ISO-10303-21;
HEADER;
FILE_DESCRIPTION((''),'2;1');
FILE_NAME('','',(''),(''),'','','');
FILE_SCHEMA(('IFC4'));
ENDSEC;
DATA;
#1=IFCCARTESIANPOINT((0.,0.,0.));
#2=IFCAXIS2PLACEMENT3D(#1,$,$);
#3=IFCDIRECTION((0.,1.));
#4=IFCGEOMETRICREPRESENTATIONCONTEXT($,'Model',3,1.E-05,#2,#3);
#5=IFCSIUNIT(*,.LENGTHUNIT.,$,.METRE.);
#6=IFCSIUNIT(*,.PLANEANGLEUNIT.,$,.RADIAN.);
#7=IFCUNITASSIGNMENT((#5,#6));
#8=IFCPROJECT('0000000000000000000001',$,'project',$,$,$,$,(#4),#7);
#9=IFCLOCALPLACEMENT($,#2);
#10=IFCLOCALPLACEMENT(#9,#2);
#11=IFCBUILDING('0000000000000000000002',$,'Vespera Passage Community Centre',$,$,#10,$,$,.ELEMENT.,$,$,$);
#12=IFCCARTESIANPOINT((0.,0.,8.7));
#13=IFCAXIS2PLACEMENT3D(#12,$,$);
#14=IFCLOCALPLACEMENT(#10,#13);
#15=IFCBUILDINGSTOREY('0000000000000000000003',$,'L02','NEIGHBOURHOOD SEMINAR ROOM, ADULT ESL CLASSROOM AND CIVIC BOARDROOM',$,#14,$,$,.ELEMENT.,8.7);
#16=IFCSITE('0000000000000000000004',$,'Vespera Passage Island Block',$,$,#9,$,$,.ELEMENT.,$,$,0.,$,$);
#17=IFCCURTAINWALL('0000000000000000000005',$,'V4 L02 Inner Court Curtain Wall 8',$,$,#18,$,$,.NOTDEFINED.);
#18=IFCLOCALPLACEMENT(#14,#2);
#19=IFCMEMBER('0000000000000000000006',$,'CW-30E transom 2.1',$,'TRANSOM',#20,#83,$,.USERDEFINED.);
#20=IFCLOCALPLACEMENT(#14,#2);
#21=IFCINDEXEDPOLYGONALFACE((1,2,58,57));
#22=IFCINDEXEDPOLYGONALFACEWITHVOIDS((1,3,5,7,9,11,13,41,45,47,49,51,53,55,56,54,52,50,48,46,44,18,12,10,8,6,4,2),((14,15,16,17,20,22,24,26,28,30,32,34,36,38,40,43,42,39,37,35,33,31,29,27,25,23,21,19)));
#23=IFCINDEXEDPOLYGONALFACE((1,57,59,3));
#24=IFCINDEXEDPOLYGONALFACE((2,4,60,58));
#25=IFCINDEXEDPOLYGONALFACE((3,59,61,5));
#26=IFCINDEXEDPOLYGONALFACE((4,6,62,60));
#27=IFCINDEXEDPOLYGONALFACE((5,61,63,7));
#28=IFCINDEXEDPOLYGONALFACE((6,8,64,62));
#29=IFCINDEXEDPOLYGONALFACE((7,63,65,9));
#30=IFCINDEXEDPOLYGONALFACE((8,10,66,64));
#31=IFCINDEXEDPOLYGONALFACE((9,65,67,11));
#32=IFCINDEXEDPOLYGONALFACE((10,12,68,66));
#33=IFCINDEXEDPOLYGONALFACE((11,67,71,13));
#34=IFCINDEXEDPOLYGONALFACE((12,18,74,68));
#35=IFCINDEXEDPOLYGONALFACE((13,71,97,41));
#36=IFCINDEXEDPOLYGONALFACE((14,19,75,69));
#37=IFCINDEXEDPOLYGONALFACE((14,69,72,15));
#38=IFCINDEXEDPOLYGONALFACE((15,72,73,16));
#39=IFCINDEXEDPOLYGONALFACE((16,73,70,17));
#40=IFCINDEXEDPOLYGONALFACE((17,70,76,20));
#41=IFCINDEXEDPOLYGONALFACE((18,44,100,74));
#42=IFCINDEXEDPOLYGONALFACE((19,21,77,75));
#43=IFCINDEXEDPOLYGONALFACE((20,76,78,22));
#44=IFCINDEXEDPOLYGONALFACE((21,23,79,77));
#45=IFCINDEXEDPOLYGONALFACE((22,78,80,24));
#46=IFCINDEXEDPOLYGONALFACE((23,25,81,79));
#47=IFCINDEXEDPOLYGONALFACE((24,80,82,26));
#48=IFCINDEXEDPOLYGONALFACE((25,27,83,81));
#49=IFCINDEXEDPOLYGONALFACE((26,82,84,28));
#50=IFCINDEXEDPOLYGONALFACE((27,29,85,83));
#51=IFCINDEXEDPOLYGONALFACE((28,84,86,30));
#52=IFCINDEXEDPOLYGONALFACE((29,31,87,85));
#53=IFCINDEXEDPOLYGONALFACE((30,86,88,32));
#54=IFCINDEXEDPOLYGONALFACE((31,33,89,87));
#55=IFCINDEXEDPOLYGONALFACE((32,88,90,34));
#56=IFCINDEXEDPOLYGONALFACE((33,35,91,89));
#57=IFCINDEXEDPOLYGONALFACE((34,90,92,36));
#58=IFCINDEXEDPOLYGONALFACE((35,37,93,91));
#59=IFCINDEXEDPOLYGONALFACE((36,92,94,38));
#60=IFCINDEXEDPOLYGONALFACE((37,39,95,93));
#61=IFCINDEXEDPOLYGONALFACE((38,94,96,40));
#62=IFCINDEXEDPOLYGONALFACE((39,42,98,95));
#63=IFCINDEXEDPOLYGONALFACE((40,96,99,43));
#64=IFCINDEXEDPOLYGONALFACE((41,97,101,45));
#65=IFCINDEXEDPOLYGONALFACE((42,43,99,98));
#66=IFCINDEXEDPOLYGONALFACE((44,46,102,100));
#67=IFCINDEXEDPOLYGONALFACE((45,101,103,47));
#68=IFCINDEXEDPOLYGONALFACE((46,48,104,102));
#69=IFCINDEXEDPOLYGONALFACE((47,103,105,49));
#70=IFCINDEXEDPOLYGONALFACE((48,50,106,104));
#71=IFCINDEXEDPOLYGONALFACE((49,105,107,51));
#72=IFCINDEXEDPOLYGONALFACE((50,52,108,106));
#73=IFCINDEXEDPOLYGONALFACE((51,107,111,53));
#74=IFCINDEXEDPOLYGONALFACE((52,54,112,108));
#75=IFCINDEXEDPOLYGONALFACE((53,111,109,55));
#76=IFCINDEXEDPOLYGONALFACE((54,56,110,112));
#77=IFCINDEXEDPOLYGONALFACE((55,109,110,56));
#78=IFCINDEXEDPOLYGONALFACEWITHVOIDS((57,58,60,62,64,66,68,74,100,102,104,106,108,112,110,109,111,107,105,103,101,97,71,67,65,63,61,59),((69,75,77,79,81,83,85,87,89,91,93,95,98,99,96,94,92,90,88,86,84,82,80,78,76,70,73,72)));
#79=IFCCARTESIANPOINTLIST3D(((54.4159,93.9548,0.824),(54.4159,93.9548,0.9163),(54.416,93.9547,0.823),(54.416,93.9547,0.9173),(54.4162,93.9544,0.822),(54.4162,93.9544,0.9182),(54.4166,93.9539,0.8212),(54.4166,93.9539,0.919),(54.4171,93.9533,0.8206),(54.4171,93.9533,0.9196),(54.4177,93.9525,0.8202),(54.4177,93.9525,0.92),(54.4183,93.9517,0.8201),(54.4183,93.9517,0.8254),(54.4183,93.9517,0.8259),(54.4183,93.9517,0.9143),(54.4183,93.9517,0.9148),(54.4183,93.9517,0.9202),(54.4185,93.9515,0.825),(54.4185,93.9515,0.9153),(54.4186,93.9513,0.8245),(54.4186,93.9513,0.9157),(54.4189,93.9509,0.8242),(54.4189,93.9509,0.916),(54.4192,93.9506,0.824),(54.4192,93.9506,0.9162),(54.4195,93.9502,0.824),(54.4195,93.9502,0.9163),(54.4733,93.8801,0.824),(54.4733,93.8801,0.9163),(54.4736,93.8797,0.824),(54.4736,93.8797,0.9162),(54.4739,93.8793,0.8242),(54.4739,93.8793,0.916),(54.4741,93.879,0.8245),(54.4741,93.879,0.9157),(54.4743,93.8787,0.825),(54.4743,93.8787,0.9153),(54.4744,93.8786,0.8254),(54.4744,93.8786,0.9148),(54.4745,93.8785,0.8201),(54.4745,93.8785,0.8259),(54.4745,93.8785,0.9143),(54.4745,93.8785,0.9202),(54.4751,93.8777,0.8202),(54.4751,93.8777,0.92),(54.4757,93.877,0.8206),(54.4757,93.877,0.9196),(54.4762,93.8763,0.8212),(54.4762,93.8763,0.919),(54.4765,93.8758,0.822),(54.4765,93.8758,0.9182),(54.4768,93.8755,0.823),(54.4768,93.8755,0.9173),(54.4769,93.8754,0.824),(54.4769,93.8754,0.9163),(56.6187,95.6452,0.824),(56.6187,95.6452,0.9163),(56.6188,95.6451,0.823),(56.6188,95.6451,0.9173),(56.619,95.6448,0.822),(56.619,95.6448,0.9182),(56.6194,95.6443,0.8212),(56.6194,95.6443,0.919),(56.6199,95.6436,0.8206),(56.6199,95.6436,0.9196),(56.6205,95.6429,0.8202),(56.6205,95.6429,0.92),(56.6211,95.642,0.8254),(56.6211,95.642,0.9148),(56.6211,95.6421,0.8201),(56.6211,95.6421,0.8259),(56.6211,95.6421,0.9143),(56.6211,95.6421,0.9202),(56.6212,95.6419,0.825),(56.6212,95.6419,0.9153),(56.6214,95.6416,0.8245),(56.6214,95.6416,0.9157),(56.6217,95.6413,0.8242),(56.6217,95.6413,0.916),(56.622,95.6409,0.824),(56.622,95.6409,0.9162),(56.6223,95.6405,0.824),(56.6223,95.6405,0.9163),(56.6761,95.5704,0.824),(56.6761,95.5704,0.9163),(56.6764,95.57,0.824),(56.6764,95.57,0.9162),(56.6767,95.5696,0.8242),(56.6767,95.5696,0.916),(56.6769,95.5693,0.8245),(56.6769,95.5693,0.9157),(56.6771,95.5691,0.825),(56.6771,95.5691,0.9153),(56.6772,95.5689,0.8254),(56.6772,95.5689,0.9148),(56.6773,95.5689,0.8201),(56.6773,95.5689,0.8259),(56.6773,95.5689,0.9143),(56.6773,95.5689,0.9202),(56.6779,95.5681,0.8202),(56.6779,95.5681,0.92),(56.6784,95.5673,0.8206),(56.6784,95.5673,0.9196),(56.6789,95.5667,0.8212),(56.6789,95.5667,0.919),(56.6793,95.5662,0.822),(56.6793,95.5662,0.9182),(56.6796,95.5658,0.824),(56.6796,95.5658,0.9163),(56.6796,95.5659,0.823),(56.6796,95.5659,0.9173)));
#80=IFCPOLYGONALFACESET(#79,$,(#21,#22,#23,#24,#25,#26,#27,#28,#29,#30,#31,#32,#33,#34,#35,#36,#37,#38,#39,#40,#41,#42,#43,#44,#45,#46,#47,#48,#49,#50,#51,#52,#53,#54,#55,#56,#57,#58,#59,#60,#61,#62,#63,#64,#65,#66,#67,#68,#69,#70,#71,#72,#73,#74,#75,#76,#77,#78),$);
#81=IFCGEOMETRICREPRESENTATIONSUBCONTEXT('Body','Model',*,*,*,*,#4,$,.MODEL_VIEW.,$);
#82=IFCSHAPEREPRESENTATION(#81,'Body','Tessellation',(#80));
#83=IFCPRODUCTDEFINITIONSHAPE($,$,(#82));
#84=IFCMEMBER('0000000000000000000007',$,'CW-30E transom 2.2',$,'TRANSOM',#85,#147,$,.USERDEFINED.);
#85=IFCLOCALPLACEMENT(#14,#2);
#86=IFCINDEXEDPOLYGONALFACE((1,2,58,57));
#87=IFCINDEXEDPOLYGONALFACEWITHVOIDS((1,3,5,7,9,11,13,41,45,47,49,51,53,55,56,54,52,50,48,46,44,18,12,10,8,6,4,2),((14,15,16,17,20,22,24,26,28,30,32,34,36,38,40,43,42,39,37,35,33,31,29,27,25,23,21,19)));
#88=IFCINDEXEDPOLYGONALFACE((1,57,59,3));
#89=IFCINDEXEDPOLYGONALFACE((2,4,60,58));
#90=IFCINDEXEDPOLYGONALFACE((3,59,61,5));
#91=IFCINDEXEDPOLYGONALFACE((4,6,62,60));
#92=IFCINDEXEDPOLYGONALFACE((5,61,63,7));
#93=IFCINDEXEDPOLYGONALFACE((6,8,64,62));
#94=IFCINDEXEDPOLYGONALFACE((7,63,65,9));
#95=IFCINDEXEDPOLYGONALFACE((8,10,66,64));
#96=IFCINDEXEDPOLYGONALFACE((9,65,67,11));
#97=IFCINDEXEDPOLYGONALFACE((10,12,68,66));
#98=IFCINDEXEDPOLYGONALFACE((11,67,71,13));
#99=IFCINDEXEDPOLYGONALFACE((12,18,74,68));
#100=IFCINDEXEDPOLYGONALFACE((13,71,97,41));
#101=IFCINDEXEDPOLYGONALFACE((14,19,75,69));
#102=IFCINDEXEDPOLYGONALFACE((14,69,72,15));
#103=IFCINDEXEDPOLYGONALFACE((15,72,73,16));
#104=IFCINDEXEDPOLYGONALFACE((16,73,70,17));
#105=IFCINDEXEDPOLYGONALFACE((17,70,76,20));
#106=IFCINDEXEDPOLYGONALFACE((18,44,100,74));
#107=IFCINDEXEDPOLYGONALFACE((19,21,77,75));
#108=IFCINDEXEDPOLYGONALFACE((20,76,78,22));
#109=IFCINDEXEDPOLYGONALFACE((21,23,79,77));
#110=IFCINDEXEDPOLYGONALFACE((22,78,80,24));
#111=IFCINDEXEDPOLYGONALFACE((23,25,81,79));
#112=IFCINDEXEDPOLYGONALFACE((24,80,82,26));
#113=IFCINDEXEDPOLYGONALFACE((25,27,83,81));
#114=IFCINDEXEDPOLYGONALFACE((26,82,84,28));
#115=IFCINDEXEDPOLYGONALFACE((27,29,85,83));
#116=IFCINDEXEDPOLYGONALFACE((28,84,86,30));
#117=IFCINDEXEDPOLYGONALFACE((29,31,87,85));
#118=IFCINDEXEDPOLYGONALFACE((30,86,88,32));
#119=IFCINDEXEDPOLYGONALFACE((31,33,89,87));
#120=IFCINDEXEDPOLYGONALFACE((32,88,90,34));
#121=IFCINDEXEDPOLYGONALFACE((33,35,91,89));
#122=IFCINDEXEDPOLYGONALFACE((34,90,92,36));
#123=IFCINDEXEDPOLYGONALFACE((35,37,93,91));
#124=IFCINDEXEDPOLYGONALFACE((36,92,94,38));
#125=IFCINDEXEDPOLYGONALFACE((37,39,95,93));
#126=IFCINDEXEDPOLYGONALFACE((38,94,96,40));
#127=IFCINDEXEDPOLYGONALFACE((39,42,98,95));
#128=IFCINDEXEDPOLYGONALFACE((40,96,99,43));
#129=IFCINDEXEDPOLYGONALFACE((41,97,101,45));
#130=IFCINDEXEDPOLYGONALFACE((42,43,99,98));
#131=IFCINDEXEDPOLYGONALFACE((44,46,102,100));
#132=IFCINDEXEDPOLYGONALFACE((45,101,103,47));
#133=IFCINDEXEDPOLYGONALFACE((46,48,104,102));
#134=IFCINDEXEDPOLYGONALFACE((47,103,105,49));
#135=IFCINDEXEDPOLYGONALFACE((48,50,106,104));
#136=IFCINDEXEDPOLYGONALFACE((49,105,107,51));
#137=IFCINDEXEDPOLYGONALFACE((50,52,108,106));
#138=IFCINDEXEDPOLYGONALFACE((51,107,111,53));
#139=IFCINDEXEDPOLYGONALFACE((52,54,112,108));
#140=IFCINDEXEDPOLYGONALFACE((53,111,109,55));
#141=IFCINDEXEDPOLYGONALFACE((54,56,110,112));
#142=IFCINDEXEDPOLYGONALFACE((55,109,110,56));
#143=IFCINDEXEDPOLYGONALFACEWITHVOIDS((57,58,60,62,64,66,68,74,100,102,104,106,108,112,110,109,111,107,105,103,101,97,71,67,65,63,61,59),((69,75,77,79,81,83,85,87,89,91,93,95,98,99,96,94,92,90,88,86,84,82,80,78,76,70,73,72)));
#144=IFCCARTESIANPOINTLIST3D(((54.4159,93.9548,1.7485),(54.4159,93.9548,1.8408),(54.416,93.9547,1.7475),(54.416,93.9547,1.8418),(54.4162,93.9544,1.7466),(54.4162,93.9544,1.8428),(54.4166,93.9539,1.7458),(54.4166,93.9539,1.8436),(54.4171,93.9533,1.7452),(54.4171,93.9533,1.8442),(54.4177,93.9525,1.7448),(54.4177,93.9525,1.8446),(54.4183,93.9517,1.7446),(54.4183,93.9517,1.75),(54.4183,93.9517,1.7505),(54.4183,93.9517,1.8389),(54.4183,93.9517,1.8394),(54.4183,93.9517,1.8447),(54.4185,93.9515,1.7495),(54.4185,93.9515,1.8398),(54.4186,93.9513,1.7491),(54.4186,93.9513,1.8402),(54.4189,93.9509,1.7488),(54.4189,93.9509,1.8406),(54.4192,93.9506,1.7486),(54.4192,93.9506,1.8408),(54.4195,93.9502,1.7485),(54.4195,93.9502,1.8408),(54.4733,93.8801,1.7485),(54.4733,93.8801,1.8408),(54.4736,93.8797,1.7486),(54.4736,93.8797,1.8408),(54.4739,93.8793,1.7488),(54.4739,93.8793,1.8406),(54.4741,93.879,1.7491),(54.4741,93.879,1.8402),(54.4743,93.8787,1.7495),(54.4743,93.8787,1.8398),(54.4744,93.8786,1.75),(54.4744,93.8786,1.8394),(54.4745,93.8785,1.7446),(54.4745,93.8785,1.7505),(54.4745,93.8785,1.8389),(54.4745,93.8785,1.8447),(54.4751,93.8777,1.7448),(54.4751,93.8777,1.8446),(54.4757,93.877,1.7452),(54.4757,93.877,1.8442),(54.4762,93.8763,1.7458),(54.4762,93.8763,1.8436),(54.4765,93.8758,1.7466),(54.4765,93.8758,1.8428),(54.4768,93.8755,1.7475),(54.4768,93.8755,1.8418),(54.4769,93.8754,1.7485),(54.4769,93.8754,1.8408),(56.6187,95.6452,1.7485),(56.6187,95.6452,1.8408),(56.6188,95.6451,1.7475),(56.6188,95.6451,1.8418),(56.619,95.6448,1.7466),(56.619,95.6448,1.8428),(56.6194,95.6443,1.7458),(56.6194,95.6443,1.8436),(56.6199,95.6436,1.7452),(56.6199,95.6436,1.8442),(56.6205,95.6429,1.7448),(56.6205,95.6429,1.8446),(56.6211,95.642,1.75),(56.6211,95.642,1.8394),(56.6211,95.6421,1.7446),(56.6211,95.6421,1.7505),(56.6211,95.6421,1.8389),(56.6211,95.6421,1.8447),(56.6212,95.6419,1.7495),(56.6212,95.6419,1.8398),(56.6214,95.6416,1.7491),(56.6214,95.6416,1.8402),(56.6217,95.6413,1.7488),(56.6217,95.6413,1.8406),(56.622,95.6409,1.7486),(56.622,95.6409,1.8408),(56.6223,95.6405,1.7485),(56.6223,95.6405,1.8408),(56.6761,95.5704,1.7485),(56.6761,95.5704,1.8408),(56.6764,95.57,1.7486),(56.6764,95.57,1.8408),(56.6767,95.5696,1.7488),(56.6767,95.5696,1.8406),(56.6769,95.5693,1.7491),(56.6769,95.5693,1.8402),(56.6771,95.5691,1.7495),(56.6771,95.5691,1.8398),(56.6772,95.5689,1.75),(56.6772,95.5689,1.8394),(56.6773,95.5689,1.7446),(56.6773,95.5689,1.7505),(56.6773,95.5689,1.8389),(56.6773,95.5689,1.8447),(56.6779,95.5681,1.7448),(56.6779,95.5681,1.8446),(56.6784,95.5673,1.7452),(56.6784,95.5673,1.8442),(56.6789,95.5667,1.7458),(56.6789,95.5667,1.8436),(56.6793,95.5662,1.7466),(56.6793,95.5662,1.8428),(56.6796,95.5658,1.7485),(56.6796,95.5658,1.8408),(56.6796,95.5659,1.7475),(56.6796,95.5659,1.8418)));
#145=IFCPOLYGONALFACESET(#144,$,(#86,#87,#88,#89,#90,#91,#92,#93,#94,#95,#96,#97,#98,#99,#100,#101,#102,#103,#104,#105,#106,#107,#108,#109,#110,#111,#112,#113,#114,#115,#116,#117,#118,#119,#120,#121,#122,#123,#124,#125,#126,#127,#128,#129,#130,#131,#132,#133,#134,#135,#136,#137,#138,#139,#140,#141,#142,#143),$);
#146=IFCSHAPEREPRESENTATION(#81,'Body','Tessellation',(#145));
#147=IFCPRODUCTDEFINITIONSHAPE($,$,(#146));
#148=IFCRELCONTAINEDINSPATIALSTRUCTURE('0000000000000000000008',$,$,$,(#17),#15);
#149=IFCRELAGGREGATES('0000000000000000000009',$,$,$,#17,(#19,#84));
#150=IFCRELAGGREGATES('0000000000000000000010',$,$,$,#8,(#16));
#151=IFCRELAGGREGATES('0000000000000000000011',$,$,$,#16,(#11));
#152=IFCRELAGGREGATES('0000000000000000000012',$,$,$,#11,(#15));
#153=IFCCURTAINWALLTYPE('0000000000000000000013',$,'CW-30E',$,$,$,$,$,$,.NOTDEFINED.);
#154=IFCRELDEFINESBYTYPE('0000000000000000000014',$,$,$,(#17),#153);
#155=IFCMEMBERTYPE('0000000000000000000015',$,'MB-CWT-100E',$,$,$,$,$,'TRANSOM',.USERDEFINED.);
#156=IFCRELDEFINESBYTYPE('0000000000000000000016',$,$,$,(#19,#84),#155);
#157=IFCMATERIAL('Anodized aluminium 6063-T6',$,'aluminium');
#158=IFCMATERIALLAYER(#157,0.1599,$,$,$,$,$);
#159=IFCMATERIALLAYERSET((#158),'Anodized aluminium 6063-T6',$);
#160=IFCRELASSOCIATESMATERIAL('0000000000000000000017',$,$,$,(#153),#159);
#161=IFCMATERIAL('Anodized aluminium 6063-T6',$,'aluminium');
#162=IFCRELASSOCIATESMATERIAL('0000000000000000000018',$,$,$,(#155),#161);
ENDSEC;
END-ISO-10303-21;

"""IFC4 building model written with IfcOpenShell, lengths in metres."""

from ifc_helpers import new_model, si_unit, direction, frame, origin, origin_2d, place, context, subcontext, project, spatial, hollow_rectangle, extrude, material, layer, layer_set, material_profile, profile_set, type_object, element, aggregate, save


model = new_model("IFC4")

# Units and contexts
model_context = context("Model", 3, precision=1e-05, world=origin(), true_north=direction((0.0, 1.0)))
body_context = subcontext(model_context, "Body", "Model", "MODEL_VIEW")
ifc_project = project(units=[si_unit("LENGTHUNIT", "METRE"), si_unit("PLANEANGLEUNIT", "RADIAN")], contexts=[model_context])

# Site, building, storey
site_placement = place(None, origin())
site = spatial("IfcSite", under=ifc_project, at=site_placement, Name="Vespera Passage Island Block", CompositionType="ELEMENT", RefElevation=0.0)
building_placement = place(site_placement, origin())
building = spatial("IfcBuilding", under=site, at=building_placement, Name="Vespera Passage Community Centre", CompositionType="ELEMENT")
storey_placement = place(building_placement, frame((0.0, 0.0, 8.7)))
storey = spatial("IfcBuildingStorey", under=building, at=storey_placement, Name="L02", Description="NEIGHBOURHOOD SEMINAR ROOM, ADULT ESL CLASSROOM AND CIVIC BOARDROOM", CompositionType="ELEMENT", Elevation=8.7)

# Curtain wall
ifc_material_1 = material(Name="Anodized aluminium 6063-T6", Category="aluminium")
ifc_layer_1 = layer(ifc_material_1, 0.1599)
ifc_layer_set_1 = layer_set([ifc_layer_1], Name="Anodized aluminium 6063-T6")
curtain_wall_type_1 = type_object("IfcCurtainWallType", Name="CW-30E", PredefinedType="NOTDEFINED", material=ifc_layer_set_1)
curtain_wall_1_placement = place(storey_placement, origin())
curtain_wall_1 = element("IfcCurtainWall", 1, at=curtain_wall_1_placement, inside=storey, type_object=curtain_wall_type_1, Name="V4 L02 Inner Court Curtain Wall 8", PredefinedType="NOTDEFINED")

# Members
ifc_material_2 = material(Name="Anodized aluminium 6063-T6", Category="aluminium")
ifc_material_profile_1 = material_profile(ifc_material_2, hollow_rectangle(XDim=0.1001, YDim=0.1001, WallThickness=0.0039, InnerFilletRadius=0.002, OuterFilletRadius=0.0039, at=origin_2d()), Name="ALU100X100X4")
ifc_profile_set_1 = profile_set([ifc_material_profile_1], Name="Anodized aluminium 6063-T6")
member_type_1 = type_object("IfcMemberType", Name="MB-CWT-100E", ElementType="TRANSOM", PredefinedType="USERDEFINED", material=ifc_profile_set_1)
member_1_placement = place(storey_placement, frame((56.6492, 95.6055, 0.8701), z_axis=(-0.793336, -0.608784, 0.0), x_axis=(0.608784, -0.793336, 0.0)))
member_1 = element("IfcMember", 2, at=member_1_placement, type_object=member_type_1, Name="CW-30E transom 2.1", ObjectType="TRANSOM", PredefinedType="USERDEFINED", context=body_context, shape_type="SweptSolid", body=[
    extrude(hollow_rectangle(XDim=0.1001, YDim=0.1001, WallThickness=0.0039, InnerFilletRadius=0.002, OuterFilletRadius=0.0039, at=origin_2d()), origin(), (0.0, 0.0, 1.0), 2.7766),
])
member_2_placement = place(storey_placement, frame((56.6492, 95.6055, 1.7947), z_axis=(-0.793336, -0.608784, 0.0), x_axis=(0.608784, -0.793336, 0.0)))
member_2 = element("IfcMember", 3, at=member_2_placement, type_object=member_type_1, Name="CW-30E transom 2.2", ObjectType="TRANSOM", PredefinedType="USERDEFINED", context=body_context, shape_type="SweptSolid", body=[
    extrude(hollow_rectangle(XDim=0.1001, YDim=0.1001, WallThickness=0.0039, InnerFilletRadius=0.002, OuterFilletRadius=0.0039, at=origin_2d()), origin(), (0.0, 0.0, 1.0), 2.7766),
])

aggregate(curtain_wall_1, [member_1, member_2])

save(model, "model.ifc")
